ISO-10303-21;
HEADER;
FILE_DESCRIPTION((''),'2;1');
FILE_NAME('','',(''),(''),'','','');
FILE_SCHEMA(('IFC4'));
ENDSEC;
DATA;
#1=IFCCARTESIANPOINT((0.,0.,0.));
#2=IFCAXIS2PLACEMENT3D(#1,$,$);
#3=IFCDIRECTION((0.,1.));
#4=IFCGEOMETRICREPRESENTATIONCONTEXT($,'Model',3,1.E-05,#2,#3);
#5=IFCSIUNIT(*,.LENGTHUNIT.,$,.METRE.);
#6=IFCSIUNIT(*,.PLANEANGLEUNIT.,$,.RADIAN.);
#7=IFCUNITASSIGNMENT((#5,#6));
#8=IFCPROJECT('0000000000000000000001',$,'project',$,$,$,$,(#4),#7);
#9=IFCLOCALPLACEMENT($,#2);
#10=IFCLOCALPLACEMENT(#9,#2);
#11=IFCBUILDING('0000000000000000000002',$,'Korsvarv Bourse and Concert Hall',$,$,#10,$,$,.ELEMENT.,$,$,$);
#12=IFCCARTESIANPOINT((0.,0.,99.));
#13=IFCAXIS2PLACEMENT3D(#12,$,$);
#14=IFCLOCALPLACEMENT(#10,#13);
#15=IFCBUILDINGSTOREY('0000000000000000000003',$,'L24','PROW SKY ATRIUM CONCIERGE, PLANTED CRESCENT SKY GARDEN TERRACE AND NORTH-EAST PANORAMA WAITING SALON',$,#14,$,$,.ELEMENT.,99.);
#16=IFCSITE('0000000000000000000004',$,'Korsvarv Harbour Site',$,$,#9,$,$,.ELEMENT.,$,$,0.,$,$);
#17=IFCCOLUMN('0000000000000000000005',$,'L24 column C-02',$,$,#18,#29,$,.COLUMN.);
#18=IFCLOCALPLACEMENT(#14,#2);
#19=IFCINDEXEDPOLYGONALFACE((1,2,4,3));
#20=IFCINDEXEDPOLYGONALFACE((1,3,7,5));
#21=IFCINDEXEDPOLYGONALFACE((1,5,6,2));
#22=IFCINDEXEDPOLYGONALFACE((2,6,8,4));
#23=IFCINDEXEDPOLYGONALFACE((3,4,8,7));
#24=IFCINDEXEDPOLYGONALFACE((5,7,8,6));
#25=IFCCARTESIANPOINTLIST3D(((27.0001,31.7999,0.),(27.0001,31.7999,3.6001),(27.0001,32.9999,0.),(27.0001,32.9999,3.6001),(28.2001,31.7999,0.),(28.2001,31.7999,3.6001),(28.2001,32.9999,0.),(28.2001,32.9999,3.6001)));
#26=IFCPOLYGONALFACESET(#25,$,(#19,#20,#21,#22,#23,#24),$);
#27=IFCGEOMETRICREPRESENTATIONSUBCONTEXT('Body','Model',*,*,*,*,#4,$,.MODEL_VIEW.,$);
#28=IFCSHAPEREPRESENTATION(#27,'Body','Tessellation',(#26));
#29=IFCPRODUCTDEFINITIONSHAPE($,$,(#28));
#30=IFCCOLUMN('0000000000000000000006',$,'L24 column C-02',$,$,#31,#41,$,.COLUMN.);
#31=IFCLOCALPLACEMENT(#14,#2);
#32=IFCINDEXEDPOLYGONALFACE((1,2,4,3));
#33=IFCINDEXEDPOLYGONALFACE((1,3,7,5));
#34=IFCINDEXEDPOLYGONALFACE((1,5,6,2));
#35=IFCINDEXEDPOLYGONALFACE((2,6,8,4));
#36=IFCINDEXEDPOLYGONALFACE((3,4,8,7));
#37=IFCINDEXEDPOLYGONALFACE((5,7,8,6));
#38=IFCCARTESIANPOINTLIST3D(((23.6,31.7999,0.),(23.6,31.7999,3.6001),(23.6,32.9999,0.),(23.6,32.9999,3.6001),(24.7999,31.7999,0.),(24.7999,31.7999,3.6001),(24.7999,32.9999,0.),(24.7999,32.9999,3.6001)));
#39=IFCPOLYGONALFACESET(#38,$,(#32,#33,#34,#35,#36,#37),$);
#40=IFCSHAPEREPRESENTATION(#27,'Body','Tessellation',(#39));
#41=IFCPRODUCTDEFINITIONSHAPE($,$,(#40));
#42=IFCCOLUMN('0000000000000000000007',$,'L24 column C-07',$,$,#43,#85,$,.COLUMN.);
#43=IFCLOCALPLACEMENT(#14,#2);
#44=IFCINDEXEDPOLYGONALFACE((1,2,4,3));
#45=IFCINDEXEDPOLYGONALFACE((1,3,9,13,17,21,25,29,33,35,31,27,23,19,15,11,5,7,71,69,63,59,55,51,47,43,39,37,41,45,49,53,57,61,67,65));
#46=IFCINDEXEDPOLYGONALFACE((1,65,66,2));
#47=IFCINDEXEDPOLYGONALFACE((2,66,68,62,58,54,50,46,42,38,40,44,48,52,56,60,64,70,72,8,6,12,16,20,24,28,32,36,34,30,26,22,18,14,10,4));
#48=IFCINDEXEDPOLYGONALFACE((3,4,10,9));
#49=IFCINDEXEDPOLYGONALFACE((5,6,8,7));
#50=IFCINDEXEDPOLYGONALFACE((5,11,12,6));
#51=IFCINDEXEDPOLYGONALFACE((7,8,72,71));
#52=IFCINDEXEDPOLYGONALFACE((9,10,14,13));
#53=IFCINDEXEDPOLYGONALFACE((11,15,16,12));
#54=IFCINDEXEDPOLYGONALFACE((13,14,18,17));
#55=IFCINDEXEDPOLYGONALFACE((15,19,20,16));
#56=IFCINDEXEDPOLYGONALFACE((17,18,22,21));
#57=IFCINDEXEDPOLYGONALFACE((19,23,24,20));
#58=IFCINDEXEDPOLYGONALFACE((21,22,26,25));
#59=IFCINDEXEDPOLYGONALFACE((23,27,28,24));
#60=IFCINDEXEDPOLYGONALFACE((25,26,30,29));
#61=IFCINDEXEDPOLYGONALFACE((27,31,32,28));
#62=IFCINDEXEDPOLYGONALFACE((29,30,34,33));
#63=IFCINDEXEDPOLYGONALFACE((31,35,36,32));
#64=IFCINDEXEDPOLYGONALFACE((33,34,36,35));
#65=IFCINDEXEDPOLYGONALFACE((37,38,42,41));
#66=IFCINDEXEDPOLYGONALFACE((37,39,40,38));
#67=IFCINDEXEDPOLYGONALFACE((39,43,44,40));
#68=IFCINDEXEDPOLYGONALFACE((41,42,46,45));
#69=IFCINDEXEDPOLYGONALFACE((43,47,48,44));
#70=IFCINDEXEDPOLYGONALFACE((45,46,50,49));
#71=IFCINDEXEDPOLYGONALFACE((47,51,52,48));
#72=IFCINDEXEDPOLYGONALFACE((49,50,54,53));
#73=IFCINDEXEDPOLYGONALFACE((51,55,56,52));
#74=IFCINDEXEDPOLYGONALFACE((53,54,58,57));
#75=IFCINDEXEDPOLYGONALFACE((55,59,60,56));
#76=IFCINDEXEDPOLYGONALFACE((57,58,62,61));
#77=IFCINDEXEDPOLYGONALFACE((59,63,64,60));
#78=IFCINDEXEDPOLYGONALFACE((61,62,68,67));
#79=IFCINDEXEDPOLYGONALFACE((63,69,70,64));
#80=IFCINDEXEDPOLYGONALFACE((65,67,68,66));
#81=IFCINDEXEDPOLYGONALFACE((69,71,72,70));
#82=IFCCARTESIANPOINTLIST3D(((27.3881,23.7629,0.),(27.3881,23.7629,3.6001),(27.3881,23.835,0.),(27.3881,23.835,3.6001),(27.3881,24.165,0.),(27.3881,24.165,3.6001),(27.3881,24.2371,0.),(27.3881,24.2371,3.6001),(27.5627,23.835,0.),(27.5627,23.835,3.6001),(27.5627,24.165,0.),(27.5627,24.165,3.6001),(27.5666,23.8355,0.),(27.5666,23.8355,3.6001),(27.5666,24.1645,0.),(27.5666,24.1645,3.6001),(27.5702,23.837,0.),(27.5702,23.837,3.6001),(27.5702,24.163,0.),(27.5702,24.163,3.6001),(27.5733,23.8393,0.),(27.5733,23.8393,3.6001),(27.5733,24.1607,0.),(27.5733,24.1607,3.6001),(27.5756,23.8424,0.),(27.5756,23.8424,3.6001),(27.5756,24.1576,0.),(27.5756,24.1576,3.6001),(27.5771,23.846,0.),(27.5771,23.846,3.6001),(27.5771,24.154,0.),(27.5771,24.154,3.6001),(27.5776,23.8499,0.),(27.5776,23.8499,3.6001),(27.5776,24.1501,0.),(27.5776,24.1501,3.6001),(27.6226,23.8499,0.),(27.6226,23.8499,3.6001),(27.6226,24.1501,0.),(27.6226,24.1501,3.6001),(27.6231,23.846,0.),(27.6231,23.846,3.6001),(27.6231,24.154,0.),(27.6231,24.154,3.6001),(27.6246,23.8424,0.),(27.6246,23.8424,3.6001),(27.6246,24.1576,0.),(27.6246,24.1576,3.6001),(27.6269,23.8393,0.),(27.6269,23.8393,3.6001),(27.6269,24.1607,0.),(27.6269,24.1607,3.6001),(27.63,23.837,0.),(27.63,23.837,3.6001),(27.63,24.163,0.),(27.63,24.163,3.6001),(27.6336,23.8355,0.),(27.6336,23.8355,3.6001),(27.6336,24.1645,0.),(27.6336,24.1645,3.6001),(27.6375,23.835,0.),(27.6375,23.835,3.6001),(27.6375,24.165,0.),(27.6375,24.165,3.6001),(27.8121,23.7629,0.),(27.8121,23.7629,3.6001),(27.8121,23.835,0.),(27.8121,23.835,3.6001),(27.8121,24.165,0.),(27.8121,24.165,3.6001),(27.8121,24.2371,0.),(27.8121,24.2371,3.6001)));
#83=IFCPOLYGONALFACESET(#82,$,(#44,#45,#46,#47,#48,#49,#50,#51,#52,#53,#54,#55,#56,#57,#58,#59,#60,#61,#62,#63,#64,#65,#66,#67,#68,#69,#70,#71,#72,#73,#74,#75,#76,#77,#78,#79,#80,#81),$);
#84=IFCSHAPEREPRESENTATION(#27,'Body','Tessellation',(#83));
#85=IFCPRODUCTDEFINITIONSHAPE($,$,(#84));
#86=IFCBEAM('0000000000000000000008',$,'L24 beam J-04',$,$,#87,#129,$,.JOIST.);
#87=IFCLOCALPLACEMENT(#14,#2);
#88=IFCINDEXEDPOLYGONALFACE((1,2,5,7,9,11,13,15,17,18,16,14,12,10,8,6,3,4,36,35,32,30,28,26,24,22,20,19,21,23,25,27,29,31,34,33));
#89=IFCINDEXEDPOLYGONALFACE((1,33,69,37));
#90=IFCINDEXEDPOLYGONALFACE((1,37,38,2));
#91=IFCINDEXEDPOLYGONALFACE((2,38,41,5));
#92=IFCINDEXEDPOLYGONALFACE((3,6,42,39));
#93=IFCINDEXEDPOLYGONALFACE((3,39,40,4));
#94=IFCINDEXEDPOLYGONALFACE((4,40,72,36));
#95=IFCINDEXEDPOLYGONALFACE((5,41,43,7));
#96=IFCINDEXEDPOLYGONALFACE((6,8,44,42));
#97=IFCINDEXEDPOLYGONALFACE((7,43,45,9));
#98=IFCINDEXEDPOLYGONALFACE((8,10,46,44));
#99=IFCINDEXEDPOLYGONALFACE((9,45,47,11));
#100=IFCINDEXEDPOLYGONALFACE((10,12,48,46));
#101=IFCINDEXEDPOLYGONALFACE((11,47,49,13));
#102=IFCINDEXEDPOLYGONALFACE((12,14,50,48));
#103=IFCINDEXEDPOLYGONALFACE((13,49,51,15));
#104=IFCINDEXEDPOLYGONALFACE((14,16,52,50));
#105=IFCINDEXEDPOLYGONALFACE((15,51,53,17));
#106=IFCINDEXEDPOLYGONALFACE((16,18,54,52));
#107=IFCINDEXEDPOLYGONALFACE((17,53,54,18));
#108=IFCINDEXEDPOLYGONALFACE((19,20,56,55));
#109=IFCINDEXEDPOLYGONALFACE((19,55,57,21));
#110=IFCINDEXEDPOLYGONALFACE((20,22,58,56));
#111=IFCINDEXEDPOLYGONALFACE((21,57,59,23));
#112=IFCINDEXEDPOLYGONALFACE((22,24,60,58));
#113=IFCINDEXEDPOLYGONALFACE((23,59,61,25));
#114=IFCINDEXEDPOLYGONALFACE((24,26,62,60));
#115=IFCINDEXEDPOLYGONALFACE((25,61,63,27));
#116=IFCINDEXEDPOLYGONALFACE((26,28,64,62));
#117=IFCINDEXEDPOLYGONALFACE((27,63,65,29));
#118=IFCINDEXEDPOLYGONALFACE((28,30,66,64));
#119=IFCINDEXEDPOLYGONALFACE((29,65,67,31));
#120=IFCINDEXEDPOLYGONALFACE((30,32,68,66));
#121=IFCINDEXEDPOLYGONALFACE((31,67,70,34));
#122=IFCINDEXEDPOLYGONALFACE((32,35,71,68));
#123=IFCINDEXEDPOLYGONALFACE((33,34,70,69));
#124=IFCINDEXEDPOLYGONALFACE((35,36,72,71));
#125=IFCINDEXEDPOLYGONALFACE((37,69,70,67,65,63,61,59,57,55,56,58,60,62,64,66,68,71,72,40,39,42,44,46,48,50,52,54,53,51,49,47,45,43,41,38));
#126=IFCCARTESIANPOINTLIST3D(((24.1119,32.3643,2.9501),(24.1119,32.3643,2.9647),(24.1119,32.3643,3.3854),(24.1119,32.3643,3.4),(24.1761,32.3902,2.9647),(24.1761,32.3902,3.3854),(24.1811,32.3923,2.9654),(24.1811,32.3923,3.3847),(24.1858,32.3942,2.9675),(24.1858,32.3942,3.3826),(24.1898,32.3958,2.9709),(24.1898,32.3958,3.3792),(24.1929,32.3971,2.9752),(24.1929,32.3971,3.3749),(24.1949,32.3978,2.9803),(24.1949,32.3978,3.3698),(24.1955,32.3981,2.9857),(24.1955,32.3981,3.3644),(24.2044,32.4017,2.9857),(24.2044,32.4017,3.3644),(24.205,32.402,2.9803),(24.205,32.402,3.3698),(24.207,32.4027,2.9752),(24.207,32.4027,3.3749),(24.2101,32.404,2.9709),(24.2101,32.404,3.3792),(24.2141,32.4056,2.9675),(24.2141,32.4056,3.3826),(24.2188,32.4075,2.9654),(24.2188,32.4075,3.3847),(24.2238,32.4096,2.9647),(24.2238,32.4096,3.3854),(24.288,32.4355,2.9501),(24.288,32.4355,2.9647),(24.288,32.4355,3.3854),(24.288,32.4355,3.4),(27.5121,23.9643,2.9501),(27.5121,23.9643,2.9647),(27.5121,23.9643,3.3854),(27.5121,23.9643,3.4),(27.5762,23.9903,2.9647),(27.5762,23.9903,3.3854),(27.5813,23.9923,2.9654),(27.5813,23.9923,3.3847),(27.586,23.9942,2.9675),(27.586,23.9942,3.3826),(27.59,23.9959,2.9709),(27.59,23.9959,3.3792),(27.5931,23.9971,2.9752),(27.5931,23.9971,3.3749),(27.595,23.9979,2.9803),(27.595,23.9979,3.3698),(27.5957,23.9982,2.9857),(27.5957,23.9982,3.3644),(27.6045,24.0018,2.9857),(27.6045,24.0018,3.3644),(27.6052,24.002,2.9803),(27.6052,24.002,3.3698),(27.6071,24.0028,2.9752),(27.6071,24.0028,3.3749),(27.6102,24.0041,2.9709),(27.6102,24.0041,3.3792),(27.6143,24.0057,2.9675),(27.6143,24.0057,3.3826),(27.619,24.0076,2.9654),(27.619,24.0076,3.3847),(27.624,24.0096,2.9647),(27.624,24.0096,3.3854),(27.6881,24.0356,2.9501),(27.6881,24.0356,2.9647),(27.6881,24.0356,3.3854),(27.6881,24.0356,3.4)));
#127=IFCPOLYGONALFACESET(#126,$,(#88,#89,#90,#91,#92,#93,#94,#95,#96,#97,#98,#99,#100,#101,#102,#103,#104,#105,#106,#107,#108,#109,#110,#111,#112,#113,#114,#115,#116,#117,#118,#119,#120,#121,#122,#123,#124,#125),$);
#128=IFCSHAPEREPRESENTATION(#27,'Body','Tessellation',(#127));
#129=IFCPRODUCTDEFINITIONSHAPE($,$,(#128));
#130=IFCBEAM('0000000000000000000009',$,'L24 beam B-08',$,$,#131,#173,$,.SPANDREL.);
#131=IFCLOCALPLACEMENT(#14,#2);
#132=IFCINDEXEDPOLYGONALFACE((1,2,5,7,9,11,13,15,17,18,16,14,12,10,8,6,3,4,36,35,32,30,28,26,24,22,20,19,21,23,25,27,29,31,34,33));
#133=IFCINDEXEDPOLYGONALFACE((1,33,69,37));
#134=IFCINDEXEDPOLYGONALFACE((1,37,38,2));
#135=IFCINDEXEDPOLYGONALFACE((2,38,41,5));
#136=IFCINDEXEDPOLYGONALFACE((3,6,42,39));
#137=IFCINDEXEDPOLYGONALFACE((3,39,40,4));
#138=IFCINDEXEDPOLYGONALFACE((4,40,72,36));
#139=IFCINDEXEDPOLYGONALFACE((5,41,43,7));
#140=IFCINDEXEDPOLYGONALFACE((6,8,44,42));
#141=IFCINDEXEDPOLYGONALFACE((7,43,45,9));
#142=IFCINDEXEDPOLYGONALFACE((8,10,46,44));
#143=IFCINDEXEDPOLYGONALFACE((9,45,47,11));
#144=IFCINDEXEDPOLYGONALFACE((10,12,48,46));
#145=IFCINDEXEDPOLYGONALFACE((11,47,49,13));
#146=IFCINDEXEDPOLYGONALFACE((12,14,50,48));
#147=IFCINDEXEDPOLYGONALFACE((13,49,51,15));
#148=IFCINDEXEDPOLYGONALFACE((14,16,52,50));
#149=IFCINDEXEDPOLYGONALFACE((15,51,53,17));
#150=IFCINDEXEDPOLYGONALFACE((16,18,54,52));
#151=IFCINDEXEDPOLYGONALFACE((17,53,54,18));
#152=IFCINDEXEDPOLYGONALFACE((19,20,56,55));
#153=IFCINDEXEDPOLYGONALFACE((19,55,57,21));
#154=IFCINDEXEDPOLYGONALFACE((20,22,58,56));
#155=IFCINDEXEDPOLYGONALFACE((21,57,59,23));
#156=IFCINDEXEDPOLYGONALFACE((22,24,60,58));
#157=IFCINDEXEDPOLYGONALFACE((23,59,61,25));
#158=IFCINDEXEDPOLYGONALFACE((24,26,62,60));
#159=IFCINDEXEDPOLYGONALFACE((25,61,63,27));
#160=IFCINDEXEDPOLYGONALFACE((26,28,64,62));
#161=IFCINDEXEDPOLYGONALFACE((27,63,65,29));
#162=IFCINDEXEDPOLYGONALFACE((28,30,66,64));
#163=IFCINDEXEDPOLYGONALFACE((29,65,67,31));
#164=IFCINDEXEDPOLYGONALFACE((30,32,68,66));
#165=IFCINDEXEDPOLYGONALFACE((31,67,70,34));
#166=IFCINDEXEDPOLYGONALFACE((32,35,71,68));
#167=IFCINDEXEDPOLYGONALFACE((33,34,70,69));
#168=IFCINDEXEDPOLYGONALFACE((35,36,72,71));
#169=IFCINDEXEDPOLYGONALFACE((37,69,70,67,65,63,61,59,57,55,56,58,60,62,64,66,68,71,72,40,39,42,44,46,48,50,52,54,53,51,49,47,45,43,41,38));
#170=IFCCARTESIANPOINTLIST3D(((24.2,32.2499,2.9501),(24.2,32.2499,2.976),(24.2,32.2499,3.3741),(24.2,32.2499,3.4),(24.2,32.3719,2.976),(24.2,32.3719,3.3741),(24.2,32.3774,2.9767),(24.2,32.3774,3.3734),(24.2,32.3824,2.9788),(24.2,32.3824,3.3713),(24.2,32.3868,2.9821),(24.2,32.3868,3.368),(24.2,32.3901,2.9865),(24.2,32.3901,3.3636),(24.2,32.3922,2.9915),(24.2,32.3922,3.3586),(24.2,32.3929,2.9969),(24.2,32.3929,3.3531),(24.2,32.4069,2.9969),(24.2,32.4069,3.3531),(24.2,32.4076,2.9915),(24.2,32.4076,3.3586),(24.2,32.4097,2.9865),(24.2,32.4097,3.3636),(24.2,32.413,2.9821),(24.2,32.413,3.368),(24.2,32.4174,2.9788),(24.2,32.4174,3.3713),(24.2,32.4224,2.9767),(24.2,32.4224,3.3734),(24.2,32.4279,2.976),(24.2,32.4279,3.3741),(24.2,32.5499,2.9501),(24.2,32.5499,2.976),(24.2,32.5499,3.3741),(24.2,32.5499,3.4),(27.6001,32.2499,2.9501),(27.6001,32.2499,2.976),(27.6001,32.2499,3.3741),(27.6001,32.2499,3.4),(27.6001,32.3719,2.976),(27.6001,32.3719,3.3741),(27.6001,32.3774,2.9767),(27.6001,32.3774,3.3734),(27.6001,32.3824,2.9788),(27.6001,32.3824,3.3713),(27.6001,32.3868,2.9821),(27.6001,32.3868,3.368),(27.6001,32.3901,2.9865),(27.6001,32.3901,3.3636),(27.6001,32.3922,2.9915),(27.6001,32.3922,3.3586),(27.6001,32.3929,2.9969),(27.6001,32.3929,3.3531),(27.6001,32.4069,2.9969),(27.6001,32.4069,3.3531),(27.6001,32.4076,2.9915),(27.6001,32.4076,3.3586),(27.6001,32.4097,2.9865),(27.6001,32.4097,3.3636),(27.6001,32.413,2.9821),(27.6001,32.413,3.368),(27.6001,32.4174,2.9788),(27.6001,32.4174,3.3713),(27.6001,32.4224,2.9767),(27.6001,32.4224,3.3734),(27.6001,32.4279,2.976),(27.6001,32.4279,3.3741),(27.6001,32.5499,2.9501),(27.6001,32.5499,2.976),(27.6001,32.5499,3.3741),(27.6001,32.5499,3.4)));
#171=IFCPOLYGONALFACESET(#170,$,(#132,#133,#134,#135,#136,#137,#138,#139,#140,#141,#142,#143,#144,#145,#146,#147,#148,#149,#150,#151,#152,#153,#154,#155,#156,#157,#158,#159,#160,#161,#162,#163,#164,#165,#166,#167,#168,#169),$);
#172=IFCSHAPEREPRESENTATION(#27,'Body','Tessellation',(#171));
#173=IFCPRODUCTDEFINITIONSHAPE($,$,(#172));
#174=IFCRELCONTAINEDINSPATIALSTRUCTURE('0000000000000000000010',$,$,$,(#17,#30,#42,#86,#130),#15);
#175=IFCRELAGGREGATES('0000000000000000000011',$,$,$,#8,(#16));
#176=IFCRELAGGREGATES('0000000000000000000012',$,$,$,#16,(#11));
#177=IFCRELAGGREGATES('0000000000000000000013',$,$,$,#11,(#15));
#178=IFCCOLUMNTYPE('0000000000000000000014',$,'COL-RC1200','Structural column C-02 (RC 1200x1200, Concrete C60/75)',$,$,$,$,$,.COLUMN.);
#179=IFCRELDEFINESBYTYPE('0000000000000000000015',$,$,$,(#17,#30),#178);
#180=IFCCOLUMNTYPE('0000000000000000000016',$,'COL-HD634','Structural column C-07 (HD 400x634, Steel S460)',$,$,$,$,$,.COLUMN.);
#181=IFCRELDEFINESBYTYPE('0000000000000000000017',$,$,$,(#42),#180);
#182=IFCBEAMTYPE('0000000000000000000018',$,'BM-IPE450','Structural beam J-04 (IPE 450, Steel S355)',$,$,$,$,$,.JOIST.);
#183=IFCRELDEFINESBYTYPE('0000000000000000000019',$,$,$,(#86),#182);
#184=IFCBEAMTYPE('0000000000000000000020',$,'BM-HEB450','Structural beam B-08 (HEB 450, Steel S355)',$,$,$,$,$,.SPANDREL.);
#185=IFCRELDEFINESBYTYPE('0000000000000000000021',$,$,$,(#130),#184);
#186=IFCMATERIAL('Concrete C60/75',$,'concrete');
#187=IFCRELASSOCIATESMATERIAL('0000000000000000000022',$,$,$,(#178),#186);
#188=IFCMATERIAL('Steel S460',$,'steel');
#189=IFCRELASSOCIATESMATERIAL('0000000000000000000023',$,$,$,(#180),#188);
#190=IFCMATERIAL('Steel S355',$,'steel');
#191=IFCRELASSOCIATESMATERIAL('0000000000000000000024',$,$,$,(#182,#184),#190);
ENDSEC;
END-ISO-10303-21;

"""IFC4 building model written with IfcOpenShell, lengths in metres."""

from ifc_helpers import new_model, si_unit, direction, frame, origin, origin_2d, place, context, subcontext, project, spatial, rectangle, i_section, extrude, source, transform, mapped, material, material_profile, profile_set, type_object, element, save


model = new_model("IFC4")

# Units and contexts
model_context = context("Model", 3, precision=1e-05, world=origin(), true_north=direction((0.0, 1.0)))
body_context = subcontext(model_context, "Body", "Model", "MODEL_VIEW")
ifc_project = project(units=[si_unit("LENGTHUNIT", "METRE"), si_unit("PLANEANGLEUNIT", "RADIAN")], contexts=[model_context])

# Site, building, storey
site_placement = place(None, origin())
site = spatial("IfcSite", under=ifc_project, at=site_placement, Name="Korsvarv Harbour Site", CompositionType="ELEMENT", RefElevation=0.0)
building_placement = place(site_placement, origin())
building = spatial("IfcBuilding", under=site, at=building_placement, Name="Korsvarv Bourse and Concert Hall", CompositionType="ELEMENT")
storey_placement = place(building_placement, frame((0.0, 0.0, 99.0)))
storey = spatial("IfcBuildingStorey", under=building, at=storey_placement, Name="L24", Description="PROW SKY ATRIUM CONCIERGE, PLANTED CRESCENT SKY GARDEN TERRACE AND NORTH-EAST PANORAMA WAITING SALON", CompositionType="ELEMENT", Elevation=99.0)

# Columns
ifc_material_1 = material(Name="Concrete C60/75", Category="concrete")
ifc_material_profile_1 = material_profile(ifc_material_1, rectangle(XDim=1.2, YDim=1.2, at=origin_2d()), Name="RC 1200x1200")
ifc_profile_set_1 = profile_set([ifc_material_profile_1], Name="Concrete C60/75")
column_type_1 = type_object("IfcColumnType", Name="COL-RC1200", Description="Structural column C-02 (RC 1200x1200, Concrete C60/75)", PredefinedType="COLUMN", material=ifc_profile_set_1)
shared_shape_1 = source(origin(), body_context, "Body", "SweptSolid", [
    extrude(rectangle(XDim=1.2, YDim=1.2, at=origin_2d()), origin(), (0.0, 0.0, 1.0), 3.6001),
])
for number, where, z_axis, x_axis, name in (
    (1, (27.6001, 32.3999, 0.0), (0.0, 0.0, 1.0), (1.0, 0.0, 0.0), "L24 column C-02"),
    (2, (24.2, 32.3999, 0.0), (0.0, 0.0, 1.0), (1.0, 0.0, 0.0), "L24 column C-02"),
):
    element("IfcColumn", number, at=place(storey_placement, frame(where, z_axis=z_axis, x_axis=x_axis)), inside=storey, type_object=column_type_1, Name=name, PredefinedType="COLUMN", context=body_context, shape_type="MappedRepresentation", body=[
        mapped(shared_shape_1, transform((0.0, 0.0, 0.0), scale=1.0)),
    ])
ifc_material_2 = material(Name="Steel S460", Category="steel")
ifc_material_profile_2 = material_profile(ifc_material_2, i_section(OverallWidth=0.4241, OverallDepth=0.4741, WebThickness=0.0449, FlangeThickness=0.072, FilletRadius=0.0149, at=origin_2d()), Name="HD 400x634")
ifc_profile_set_2 = profile_set([ifc_material_profile_2], Name="Steel S460")
column_type_2 = type_object("IfcColumnType", Name="COL-HD634", Description="Structural column C-07 (HD 400x634, Steel S460)", PredefinedType="COLUMN", material=ifc_profile_set_2)
shared_shape_2 = source(origin(), body_context, "Body", "SweptSolid", [
    extrude(i_section(OverallWidth=0.4241, OverallDepth=0.4741, WebThickness=0.0449, FlangeThickness=0.072, FilletRadius=0.0149, at=origin_2d()), origin(), (0.0, 0.0, 1.0), 3.6001),
])
column_placement = place(storey_placement, frame((27.6001, 24.0, 0.0), z_axis=(0.0, 0.0, 1.0), x_axis=(1.0, 0.0, 0.0)))
element("IfcColumn", 3, at=column_placement, inside=storey, type_object=column_type_2, Name="L24 column C-07", PredefinedType="COLUMN", context=body_context, shape_type="MappedRepresentation", body=[
    mapped(shared_shape_2, transform((0.0, 0.0, 0.0), scale=1.0)),
])

# Beams
ifc_material_3 = material(Name="Steel S355", Category="steel")
ifc_material_profile_3 = material_profile(ifc_material_3, i_section(OverallWidth=0.1899, OverallDepth=0.45, WebThickness=0.0095, FlangeThickness=0.0146, FilletRadius=0.021, at=origin_2d()), Name="IPE 450")
ifc_profile_set_3 = profile_set([ifc_material_profile_3], Name="Steel S355")
beam_type_1 = type_object("IfcBeamType", Name="BM-IPE450", Description="Structural beam J-04 (IPE 450, Steel S355)", PredefinedType="JOIST", material=ifc_profile_set_3)
shared_shape_3 = source(origin(), body_context, "Body", "SweptSolid", [
    extrude(i_section(OverallWidth=0.1899, OverallDepth=0.45, WebThickness=0.0095, FlangeThickness=0.0146, FilletRadius=0.021, at=origin_2d()), origin(), (0.0, 0.0, 1.0), 9.062),
])
beam_1_placement = place(storey_placement, frame((24.2, 32.3999, 3.175), z_axis=(0.37521, -0.92694, 0.0), x_axis=(0.92694, 0.37521, 0.0)))
element("IfcBeam", 4, at=beam_1_placement, inside=storey, type_object=beam_type_1, Name="L24 beam J-04", PredefinedType="JOIST", context=body_context, shape_type="MappedRepresentation", body=[
    mapped(shared_shape_3, transform((0.0, 0.0, 0.0), scale=1.0)),
])
ifc_material_profile_4 = material_profile(ifc_material_3, i_section(OverallWidth=0.3, OverallDepth=0.45, WebThickness=0.0139, FlangeThickness=0.0259, FilletRadius=0.021, at=origin_2d()), Name="HEB 450")
ifc_profile_set_4 = profile_set([ifc_material_profile_4], Name="Steel S355")
beam_type_2 = type_object("IfcBeamType", Name="BM-HEB450", Description="Structural beam B-08 (HEB 450, Steel S355)", PredefinedType="SPANDREL", material=ifc_profile_set_4)
shared_shape_4 = source(origin(), body_context, "Body", "SweptSolid", [
    extrude(i_section(OverallWidth=0.3, OverallDepth=0.45, WebThickness=0.0139, FlangeThickness=0.0259, FilletRadius=0.021, at=origin_2d()), origin(), (0.0, 0.0, 1.0), 3.4001),
])
beam_2_placement = place(storey_placement, frame((24.2, 32.3999, 3.175), z_axis=(1.0, 0.0, 0.0), x_axis=(0.0, 1.0, 0.0)))
element("IfcBeam", 5, at=beam_2_placement, inside=storey, type_object=beam_type_2, Name="L24 beam B-08", PredefinedType="SPANDREL", context=body_context, shape_type="MappedRepresentation", body=[
    mapped(shared_shape_4, transform((0.0, 0.0, 0.0), scale=1.0)),
])

save(model, "model.ifc")
